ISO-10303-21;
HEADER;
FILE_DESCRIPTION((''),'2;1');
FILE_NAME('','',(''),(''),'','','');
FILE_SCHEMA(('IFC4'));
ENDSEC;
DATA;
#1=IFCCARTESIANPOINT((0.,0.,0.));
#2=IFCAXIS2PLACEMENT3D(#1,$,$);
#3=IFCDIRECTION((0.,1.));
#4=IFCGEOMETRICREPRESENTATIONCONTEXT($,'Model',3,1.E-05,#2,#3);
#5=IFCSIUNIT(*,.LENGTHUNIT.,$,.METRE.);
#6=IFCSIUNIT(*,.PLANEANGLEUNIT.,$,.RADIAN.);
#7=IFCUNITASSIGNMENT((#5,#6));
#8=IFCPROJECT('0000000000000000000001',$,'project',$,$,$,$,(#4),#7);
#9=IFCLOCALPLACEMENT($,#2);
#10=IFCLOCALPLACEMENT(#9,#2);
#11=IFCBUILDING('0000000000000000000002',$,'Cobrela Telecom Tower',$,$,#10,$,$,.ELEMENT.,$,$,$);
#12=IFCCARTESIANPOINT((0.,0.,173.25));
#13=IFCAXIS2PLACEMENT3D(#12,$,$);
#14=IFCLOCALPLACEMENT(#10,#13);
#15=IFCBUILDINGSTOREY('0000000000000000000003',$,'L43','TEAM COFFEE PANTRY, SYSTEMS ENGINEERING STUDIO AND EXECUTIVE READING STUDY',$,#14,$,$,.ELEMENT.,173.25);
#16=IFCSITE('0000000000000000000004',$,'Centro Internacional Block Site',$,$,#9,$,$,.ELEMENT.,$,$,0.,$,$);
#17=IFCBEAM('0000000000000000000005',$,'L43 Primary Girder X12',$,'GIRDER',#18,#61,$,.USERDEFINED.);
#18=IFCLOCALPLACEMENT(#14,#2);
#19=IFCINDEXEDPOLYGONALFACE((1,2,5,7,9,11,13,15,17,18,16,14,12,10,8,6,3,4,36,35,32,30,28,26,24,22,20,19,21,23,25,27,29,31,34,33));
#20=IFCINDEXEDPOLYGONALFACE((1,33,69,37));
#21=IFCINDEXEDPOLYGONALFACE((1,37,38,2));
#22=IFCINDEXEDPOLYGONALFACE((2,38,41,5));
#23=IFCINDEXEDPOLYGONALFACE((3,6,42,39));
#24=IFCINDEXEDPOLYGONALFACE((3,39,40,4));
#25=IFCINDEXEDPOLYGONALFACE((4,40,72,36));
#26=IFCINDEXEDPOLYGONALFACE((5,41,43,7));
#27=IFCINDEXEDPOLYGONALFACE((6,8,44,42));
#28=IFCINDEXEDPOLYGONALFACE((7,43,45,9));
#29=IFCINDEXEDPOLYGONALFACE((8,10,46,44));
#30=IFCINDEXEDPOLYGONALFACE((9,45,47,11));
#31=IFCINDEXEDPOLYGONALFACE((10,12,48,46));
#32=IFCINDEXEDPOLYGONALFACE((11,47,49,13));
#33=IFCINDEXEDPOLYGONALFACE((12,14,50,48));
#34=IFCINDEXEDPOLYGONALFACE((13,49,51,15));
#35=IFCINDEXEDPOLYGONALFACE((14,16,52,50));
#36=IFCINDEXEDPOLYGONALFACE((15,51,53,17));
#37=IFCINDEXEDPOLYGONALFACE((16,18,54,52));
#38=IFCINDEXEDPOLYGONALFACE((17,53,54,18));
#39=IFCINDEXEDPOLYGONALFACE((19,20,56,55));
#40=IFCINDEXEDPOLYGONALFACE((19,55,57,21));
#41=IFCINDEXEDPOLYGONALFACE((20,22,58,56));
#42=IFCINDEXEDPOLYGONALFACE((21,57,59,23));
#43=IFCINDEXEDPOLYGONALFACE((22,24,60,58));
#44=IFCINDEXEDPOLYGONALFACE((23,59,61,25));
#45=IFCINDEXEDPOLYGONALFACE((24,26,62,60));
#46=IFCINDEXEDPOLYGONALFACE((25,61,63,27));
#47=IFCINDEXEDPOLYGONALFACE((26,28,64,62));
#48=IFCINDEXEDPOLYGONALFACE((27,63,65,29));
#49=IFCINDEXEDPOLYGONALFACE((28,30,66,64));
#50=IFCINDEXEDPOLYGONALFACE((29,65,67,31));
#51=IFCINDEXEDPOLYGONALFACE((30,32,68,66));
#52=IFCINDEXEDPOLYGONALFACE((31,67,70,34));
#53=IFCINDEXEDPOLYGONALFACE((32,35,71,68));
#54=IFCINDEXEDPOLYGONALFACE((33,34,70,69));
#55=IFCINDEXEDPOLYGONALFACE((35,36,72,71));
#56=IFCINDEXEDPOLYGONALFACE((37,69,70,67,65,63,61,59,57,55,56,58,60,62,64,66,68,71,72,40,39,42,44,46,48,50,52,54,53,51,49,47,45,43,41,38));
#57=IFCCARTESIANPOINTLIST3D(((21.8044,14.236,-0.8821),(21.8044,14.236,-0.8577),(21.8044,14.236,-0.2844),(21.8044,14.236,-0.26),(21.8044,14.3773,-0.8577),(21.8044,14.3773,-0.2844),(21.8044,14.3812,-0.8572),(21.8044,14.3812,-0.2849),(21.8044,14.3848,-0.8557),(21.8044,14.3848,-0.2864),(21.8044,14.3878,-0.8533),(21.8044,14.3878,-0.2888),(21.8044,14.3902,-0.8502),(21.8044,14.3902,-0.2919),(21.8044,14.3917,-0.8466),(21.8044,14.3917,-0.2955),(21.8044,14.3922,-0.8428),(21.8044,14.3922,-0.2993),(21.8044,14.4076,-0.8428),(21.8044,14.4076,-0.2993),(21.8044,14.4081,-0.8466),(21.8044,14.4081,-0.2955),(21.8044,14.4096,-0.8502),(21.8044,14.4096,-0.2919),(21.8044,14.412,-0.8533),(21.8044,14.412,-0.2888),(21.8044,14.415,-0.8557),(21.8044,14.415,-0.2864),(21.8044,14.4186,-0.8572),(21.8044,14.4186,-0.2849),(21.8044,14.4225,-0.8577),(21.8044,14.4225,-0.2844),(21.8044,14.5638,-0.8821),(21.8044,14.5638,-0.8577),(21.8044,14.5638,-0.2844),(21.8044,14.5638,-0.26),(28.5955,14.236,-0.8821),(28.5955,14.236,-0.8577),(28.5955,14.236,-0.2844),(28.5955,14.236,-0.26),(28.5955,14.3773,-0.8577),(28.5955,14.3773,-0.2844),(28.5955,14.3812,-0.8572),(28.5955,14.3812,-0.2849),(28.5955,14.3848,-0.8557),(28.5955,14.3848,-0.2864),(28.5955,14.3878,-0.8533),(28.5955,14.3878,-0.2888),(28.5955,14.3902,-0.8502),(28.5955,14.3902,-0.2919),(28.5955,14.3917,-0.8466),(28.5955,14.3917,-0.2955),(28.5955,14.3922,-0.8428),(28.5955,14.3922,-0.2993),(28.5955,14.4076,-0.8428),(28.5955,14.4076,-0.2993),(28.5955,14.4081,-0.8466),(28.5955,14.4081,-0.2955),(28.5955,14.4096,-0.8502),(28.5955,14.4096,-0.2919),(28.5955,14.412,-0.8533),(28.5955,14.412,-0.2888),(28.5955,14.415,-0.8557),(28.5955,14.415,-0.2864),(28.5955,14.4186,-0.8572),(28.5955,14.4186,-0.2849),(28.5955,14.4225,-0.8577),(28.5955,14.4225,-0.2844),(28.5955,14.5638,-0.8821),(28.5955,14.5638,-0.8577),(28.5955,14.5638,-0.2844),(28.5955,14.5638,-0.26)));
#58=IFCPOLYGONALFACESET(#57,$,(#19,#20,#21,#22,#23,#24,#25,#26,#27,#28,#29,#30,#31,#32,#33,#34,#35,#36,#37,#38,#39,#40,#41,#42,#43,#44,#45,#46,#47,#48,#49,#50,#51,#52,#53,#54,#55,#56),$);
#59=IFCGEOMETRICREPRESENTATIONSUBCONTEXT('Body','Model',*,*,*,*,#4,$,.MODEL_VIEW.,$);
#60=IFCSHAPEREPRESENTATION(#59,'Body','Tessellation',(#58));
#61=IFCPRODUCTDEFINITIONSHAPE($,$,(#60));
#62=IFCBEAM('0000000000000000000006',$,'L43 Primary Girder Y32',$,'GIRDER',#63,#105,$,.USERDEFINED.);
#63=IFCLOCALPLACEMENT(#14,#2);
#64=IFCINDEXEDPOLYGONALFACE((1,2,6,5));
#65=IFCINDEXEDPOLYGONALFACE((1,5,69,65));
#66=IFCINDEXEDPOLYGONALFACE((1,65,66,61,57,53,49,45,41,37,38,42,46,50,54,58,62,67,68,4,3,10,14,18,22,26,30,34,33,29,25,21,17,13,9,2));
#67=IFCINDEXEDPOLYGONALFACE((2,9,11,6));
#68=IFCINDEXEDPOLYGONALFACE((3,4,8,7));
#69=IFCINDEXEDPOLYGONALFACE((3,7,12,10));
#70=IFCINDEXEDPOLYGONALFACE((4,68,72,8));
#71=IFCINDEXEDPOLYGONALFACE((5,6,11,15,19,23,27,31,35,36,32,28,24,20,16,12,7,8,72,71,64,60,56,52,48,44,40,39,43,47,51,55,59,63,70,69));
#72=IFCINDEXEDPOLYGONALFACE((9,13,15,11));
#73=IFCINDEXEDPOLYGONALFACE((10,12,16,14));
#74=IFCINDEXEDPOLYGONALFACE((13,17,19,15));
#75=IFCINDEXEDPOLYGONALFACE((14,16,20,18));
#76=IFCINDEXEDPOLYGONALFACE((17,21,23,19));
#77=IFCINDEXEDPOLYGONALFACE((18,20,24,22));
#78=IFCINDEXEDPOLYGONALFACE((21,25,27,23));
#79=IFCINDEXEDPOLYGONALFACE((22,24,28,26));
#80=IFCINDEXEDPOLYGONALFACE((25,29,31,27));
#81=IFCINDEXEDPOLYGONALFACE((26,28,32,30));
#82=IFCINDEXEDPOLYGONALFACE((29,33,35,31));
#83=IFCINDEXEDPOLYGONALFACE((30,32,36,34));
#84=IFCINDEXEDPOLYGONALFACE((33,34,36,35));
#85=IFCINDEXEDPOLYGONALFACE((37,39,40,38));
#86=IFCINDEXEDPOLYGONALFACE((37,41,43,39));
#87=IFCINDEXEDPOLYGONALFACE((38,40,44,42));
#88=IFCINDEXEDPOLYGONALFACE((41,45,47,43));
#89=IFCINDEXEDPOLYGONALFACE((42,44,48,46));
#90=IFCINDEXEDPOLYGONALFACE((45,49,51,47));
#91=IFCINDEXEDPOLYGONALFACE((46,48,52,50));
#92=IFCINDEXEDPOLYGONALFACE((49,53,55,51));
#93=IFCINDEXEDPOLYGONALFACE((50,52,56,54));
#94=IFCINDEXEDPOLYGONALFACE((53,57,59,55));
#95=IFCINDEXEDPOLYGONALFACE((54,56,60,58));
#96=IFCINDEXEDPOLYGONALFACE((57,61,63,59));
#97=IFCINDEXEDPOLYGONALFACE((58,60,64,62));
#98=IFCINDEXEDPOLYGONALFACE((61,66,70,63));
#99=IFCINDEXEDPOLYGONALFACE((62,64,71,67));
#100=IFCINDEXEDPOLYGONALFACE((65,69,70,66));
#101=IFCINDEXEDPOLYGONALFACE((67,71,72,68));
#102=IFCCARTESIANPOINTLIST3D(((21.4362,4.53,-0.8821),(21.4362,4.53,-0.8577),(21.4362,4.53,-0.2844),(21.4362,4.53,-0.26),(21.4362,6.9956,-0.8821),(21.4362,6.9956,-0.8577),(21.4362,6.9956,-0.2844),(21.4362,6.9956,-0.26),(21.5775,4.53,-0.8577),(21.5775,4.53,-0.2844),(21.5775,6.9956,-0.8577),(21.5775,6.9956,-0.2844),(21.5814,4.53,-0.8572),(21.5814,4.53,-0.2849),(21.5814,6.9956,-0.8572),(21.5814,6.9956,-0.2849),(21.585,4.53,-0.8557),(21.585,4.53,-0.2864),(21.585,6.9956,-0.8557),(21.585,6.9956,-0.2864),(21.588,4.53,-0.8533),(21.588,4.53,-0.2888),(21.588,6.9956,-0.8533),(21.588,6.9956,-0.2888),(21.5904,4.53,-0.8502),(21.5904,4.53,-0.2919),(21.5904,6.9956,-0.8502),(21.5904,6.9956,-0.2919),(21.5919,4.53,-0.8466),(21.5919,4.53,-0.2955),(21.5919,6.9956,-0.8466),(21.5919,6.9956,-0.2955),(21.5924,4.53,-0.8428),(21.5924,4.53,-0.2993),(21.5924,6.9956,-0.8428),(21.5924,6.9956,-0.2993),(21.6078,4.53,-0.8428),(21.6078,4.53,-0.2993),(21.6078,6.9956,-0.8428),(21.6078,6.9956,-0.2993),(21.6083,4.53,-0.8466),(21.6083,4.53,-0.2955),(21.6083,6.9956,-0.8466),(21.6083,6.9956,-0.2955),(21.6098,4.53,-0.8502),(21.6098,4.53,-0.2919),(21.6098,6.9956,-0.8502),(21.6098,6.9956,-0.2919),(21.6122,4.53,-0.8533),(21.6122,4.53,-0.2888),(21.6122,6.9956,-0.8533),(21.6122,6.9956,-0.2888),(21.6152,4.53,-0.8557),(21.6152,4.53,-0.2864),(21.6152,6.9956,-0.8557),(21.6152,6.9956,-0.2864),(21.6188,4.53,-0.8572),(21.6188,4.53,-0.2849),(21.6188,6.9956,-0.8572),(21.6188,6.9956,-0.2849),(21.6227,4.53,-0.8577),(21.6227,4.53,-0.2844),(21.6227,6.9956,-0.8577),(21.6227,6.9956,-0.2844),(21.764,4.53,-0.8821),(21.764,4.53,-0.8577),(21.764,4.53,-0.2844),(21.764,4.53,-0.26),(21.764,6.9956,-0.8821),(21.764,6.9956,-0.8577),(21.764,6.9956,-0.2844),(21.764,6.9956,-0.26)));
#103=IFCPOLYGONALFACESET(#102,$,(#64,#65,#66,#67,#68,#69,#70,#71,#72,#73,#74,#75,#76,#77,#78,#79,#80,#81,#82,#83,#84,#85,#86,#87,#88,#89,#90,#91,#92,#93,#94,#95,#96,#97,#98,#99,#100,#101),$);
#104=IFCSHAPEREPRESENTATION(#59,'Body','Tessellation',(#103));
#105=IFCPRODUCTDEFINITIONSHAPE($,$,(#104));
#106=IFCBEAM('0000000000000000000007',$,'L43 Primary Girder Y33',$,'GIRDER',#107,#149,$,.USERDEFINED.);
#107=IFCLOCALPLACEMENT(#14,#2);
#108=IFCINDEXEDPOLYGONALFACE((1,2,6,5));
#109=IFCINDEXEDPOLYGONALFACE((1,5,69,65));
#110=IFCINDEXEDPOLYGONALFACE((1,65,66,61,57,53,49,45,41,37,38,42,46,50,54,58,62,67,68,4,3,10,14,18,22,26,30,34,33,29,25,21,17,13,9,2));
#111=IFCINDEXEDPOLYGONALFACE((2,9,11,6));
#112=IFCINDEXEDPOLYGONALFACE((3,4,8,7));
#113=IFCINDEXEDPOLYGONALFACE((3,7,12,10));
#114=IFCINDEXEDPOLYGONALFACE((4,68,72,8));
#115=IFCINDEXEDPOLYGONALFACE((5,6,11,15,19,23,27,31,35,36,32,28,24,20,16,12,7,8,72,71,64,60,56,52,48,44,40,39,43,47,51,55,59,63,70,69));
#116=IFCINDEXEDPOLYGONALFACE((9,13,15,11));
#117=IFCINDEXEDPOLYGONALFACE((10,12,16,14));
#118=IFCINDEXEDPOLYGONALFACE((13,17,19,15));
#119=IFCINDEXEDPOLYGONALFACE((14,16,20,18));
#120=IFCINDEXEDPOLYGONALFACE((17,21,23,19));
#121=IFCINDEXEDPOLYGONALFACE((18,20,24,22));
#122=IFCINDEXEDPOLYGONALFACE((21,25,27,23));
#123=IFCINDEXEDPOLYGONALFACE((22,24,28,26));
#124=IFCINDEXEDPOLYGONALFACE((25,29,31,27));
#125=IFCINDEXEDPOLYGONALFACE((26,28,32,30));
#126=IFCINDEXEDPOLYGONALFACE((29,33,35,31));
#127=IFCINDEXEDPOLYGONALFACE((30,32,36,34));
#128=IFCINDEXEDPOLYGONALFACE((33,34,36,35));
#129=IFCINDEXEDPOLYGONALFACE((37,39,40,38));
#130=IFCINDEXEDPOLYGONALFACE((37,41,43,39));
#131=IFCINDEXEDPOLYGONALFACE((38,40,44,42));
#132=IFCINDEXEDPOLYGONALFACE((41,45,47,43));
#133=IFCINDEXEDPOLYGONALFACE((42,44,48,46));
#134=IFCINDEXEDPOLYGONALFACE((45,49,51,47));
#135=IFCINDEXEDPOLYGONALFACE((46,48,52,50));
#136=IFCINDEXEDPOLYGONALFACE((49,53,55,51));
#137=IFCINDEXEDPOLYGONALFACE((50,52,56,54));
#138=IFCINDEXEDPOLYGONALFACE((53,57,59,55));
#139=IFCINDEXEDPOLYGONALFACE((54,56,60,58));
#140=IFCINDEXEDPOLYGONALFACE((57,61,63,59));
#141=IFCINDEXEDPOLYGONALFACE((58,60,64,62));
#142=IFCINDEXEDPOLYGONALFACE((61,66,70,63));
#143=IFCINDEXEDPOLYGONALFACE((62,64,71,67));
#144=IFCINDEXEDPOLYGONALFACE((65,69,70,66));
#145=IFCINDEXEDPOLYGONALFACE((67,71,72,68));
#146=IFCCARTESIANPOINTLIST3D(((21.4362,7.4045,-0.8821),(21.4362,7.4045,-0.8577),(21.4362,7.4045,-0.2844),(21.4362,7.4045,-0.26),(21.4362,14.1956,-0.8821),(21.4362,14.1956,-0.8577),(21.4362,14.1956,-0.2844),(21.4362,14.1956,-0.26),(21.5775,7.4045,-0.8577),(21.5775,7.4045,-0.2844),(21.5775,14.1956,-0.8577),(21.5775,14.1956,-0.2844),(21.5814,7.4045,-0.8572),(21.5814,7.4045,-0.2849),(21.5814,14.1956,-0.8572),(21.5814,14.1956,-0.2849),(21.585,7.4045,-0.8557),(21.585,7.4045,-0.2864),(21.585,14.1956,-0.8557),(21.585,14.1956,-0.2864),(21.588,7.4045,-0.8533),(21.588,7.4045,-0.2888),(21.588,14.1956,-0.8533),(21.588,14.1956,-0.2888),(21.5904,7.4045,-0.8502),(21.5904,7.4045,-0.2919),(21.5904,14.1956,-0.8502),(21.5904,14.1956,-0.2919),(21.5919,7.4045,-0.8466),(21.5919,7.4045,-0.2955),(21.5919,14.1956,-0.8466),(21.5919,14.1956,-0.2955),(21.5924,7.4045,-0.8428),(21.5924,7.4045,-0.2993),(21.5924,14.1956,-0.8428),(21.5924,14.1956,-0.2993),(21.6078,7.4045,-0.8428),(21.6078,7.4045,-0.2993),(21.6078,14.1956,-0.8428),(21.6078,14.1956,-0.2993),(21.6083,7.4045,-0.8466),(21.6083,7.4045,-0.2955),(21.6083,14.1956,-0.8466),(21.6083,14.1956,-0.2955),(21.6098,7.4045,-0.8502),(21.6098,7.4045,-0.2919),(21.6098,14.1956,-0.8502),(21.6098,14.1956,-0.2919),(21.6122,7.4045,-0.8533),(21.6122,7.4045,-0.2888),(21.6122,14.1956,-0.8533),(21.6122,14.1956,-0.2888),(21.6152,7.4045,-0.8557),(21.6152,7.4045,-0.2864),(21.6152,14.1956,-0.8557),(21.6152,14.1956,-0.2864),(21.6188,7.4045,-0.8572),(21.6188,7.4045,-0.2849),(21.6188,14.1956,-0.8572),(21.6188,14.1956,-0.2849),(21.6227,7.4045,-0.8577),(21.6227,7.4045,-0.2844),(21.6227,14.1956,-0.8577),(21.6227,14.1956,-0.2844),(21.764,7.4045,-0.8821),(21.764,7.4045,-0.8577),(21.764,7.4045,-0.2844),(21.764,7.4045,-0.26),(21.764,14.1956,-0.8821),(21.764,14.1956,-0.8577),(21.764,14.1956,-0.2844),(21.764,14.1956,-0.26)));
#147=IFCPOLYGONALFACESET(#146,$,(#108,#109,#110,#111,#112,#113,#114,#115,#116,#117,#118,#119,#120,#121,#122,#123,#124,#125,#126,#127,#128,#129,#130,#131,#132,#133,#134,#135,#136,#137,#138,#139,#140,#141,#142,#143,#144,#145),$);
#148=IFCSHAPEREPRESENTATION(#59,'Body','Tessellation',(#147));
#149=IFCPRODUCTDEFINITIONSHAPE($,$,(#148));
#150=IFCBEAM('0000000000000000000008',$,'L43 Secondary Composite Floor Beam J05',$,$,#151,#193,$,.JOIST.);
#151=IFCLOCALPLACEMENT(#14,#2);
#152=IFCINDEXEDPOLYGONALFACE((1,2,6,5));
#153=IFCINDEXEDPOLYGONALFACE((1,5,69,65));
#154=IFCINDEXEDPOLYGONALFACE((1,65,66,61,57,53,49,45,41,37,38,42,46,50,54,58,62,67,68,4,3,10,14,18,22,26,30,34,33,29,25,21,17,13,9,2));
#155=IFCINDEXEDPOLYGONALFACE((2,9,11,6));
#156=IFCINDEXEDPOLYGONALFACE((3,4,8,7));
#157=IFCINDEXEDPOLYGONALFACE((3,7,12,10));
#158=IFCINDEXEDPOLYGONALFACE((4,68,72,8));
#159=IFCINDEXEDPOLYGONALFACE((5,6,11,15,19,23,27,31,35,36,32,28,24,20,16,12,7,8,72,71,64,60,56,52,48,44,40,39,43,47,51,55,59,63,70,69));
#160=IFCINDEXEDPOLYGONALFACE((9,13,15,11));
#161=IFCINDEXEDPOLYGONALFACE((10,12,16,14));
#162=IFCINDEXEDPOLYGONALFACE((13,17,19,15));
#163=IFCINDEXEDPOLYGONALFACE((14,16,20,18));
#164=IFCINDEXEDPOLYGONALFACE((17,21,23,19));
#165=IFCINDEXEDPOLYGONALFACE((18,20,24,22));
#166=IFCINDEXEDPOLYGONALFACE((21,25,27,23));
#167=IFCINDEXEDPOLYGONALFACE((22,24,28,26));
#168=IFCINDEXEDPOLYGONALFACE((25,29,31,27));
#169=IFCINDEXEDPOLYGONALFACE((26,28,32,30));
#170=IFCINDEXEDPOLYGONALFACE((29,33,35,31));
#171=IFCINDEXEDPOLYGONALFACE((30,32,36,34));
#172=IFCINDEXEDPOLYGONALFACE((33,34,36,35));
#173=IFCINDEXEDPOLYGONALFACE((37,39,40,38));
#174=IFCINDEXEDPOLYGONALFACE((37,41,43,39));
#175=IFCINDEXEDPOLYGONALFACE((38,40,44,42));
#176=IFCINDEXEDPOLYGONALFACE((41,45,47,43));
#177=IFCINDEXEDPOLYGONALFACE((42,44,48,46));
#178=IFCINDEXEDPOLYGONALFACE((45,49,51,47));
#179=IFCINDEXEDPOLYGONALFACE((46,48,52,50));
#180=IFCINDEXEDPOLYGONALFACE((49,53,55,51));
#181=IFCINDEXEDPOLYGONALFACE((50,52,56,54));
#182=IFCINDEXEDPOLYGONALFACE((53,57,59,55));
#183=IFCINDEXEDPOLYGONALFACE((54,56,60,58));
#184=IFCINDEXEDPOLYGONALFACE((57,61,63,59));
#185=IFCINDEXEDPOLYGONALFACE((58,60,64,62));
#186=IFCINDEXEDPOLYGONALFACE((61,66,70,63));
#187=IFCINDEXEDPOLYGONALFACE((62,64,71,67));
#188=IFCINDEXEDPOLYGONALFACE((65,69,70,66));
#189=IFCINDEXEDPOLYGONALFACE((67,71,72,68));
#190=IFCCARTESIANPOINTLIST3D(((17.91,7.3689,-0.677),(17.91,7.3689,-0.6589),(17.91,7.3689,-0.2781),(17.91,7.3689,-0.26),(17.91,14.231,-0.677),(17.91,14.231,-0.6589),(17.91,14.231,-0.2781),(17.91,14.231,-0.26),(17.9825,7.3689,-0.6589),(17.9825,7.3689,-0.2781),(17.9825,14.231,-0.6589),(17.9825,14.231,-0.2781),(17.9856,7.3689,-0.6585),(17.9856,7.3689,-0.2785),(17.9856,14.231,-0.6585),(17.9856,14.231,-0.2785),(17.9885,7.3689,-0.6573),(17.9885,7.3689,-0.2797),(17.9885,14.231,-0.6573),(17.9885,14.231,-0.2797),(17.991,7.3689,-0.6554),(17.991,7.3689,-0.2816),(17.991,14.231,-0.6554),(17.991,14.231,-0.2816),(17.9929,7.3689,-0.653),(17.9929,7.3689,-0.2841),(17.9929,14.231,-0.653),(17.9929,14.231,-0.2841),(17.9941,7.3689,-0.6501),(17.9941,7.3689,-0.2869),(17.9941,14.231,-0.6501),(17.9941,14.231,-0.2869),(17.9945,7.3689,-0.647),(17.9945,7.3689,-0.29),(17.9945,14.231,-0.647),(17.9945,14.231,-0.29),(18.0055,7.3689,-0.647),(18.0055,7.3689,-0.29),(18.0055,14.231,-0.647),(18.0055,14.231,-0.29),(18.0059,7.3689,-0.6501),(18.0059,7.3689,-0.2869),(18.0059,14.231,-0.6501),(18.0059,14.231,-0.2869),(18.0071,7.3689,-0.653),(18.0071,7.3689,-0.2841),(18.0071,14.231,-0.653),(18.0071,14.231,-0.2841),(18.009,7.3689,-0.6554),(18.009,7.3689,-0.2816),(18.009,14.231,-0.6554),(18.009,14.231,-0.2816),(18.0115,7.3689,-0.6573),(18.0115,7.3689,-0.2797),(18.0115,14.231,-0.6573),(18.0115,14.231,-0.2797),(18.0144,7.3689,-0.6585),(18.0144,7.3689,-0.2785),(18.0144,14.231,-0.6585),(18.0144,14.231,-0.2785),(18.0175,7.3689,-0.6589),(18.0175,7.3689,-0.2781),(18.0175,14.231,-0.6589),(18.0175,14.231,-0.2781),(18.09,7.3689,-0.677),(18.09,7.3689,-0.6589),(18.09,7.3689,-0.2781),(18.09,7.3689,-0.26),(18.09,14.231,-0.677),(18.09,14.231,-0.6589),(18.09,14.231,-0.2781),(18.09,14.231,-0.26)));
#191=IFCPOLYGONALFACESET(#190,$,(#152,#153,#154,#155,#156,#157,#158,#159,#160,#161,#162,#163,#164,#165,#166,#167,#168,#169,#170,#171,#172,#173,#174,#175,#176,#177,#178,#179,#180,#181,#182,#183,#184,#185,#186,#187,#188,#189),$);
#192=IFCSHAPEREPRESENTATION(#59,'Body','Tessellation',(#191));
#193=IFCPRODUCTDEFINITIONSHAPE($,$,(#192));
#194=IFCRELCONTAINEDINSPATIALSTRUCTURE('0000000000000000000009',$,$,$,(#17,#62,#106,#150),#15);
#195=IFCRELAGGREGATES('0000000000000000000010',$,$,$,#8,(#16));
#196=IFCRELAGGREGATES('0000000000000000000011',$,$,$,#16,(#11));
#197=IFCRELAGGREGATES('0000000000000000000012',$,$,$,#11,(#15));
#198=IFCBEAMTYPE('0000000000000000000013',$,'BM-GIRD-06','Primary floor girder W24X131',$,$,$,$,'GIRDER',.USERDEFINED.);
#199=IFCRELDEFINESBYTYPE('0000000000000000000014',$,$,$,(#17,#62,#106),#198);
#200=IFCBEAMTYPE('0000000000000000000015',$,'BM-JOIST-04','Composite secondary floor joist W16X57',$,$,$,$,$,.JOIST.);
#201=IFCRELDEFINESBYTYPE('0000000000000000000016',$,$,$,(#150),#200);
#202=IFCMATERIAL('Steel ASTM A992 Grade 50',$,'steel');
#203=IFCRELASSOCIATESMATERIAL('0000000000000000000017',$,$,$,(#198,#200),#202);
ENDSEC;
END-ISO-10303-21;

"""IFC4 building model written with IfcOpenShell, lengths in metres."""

from ifc_helpers import new_model, si_unit, direction, frame, origin, origin_2d, place, context, subcontext, project, spatial, i_section, extrude, material, material_profile, profile_set, type_object, element, save


model = new_model("IFC4")

# Units and contexts
model_context = context("Model", 3, precision=1e-05, world=origin(), true_north=direction((0.0, 1.0)))
body_context = subcontext(model_context, "Body", "Model", "MODEL_VIEW")
ifc_project = project(units=[si_unit("LENGTHUNIT", "METRE"), si_unit("PLANEANGLEUNIT", "RADIAN")], contexts=[model_context])

# Site, building, storey
site_placement = place(None, origin())
site = spatial("IfcSite", under=ifc_project, at=site_placement, Name="Centro Internacional Block Site", CompositionType="ELEMENT", RefElevation=0.0)
building_placement = place(site_placement, origin())
building = spatial("IfcBuilding", under=site, at=building_placement, Name="Cobrela Telecom Tower", CompositionType="ELEMENT")
storey_placement = place(building_placement, frame((0.0, 0.0, 173.25)))
storey = spatial("IfcBuildingStorey", under=building, at=storey_placement, Name="L43", Description="TEAM COFFEE PANTRY, SYSTEMS ENGINEERING STUDIO AND EXECUTIVE READING STUDY", CompositionType="ELEMENT", Elevation=173.25)

# Shared definitions
ifc_material_1 = material(Name="Steel ASTM A992 Grade 50", Category="steel")

# Beams
ifc_material_profile_1 = material_profile(ifc_material_1, i_section(OverallWidth=0.3279, OverallDepth=0.6221, WebThickness=0.0154, FlangeThickness=0.0244, FilletRadius=0.0149, at=origin_2d()), Name="W24X131")
ifc_profile_set_1 = profile_set([ifc_material_profile_1], Name="Steel ASTM A992 Grade 50")
beam_type_1 = type_object("IfcBeamType", Name="BM-GIRD-06", Description="Primary floor girder W24X131", ElementType="GIRDER", PredefinedType="USERDEFINED", material=ifc_profile_set_1)
for number, where, z_axis, x_axis, name in (
    (1, (21.8044, 14.3999, -0.571), (1.0, 0.0, 0.0), (0.0, 1.0, 0.0), "L43 Primary Girder X12"),
):
    element("IfcBeam", number, at=place(storey_placement, frame(where, z_axis=z_axis, x_axis=x_axis)), inside=storey, type_object=beam_type_1, Name=name, ObjectType="GIRDER", PredefinedType="USERDEFINED", context=body_context, shape_type="SweptSolid", body=[
        extrude(i_section(OverallWidth=0.3279, OverallDepth=0.6221, WebThickness=0.0154, FlangeThickness=0.0244, FilletRadius=0.0149, at=origin_2d()), origin(), (0.0, 0.0, 1.0), 6.791),
    ])
beam_1_placement = place(storey_placement, frame((21.6001, 4.53, -0.571), z_axis=(0.0, 1.0, 0.0), x_axis=(-1.0, 0.0, 0.0)))
element("IfcBeam", 2, at=beam_1_placement, inside=storey, type_object=beam_type_1, Name="L43 Primary Girder Y32", ObjectType="GIRDER", PredefinedType="USERDEFINED", context=body_context, shape_type="SweptSolid", body=[
    extrude(i_section(OverallWidth=0.3279, OverallDepth=0.6221, WebThickness=0.0154, FlangeThickness=0.0244, FilletRadius=0.0149, at=origin_2d()), origin(), (0.0, 0.0, 1.0), 2.4656),
])
beam_2_placement = place(storey_placement, frame((21.6001, 7.4045, -0.571), z_axis=(0.0, 1.0, 0.0), x_axis=(-1.0, 0.0, 0.0)))
element("IfcBeam", 3, at=beam_2_placement, inside=storey, type_object=beam_type_1, Name="L43 Primary Girder Y33", ObjectType="GIRDER", PredefinedType="USERDEFINED", context=body_context, shape_type="SweptSolid", body=[
    extrude(i_section(OverallWidth=0.3279, OverallDepth=0.6221, WebThickness=0.0154, FlangeThickness=0.0244, FilletRadius=0.0149, at=origin_2d()), origin(), (0.0, 0.0, 1.0), 6.791),
])
ifc_material_profile_2 = material_profile(ifc_material_1, i_section(OverallWidth=0.1799, OverallDepth=0.417, WebThickness=0.011, FlangeThickness=0.0181, FilletRadius=0.012, at=origin_2d()), Name="W16X57")
ifc_profile_set_2 = profile_set([ifc_material_profile_2], Name="Steel ASTM A992 Grade 50")
beam_type_2 = type_object("IfcBeamType", Name="BM-JOIST-04", Description="Composite secondary floor joist W16X57", PredefinedType="JOIST", material=ifc_profile_set_2)
for number, where, z_axis, x_axis, name in (
    (4, (18.0, 7.3689, -0.4685), (0.0, 1.0, 0.0), (-1.0, 0.0, 0.0), "L43 Secondary Composite Floor Beam J05"),
):
    element("IfcBeam", number, at=place(storey_placement, frame(where, z_axis=z_axis, x_axis=x_axis)), inside=storey, type_object=beam_type_2, Name=name, PredefinedType="JOIST", context=body_context, shape_type="SweptSolid", body=[
        extrude(i_section(OverallWidth=0.1799, OverallDepth=0.417, WebThickness=0.011, FlangeThickness=0.0181, FilletRadius=0.012, at=origin_2d()), origin(), (0.0, 0.0, 1.0), 6.8621),
    ])

save(model, "model.ifc")
